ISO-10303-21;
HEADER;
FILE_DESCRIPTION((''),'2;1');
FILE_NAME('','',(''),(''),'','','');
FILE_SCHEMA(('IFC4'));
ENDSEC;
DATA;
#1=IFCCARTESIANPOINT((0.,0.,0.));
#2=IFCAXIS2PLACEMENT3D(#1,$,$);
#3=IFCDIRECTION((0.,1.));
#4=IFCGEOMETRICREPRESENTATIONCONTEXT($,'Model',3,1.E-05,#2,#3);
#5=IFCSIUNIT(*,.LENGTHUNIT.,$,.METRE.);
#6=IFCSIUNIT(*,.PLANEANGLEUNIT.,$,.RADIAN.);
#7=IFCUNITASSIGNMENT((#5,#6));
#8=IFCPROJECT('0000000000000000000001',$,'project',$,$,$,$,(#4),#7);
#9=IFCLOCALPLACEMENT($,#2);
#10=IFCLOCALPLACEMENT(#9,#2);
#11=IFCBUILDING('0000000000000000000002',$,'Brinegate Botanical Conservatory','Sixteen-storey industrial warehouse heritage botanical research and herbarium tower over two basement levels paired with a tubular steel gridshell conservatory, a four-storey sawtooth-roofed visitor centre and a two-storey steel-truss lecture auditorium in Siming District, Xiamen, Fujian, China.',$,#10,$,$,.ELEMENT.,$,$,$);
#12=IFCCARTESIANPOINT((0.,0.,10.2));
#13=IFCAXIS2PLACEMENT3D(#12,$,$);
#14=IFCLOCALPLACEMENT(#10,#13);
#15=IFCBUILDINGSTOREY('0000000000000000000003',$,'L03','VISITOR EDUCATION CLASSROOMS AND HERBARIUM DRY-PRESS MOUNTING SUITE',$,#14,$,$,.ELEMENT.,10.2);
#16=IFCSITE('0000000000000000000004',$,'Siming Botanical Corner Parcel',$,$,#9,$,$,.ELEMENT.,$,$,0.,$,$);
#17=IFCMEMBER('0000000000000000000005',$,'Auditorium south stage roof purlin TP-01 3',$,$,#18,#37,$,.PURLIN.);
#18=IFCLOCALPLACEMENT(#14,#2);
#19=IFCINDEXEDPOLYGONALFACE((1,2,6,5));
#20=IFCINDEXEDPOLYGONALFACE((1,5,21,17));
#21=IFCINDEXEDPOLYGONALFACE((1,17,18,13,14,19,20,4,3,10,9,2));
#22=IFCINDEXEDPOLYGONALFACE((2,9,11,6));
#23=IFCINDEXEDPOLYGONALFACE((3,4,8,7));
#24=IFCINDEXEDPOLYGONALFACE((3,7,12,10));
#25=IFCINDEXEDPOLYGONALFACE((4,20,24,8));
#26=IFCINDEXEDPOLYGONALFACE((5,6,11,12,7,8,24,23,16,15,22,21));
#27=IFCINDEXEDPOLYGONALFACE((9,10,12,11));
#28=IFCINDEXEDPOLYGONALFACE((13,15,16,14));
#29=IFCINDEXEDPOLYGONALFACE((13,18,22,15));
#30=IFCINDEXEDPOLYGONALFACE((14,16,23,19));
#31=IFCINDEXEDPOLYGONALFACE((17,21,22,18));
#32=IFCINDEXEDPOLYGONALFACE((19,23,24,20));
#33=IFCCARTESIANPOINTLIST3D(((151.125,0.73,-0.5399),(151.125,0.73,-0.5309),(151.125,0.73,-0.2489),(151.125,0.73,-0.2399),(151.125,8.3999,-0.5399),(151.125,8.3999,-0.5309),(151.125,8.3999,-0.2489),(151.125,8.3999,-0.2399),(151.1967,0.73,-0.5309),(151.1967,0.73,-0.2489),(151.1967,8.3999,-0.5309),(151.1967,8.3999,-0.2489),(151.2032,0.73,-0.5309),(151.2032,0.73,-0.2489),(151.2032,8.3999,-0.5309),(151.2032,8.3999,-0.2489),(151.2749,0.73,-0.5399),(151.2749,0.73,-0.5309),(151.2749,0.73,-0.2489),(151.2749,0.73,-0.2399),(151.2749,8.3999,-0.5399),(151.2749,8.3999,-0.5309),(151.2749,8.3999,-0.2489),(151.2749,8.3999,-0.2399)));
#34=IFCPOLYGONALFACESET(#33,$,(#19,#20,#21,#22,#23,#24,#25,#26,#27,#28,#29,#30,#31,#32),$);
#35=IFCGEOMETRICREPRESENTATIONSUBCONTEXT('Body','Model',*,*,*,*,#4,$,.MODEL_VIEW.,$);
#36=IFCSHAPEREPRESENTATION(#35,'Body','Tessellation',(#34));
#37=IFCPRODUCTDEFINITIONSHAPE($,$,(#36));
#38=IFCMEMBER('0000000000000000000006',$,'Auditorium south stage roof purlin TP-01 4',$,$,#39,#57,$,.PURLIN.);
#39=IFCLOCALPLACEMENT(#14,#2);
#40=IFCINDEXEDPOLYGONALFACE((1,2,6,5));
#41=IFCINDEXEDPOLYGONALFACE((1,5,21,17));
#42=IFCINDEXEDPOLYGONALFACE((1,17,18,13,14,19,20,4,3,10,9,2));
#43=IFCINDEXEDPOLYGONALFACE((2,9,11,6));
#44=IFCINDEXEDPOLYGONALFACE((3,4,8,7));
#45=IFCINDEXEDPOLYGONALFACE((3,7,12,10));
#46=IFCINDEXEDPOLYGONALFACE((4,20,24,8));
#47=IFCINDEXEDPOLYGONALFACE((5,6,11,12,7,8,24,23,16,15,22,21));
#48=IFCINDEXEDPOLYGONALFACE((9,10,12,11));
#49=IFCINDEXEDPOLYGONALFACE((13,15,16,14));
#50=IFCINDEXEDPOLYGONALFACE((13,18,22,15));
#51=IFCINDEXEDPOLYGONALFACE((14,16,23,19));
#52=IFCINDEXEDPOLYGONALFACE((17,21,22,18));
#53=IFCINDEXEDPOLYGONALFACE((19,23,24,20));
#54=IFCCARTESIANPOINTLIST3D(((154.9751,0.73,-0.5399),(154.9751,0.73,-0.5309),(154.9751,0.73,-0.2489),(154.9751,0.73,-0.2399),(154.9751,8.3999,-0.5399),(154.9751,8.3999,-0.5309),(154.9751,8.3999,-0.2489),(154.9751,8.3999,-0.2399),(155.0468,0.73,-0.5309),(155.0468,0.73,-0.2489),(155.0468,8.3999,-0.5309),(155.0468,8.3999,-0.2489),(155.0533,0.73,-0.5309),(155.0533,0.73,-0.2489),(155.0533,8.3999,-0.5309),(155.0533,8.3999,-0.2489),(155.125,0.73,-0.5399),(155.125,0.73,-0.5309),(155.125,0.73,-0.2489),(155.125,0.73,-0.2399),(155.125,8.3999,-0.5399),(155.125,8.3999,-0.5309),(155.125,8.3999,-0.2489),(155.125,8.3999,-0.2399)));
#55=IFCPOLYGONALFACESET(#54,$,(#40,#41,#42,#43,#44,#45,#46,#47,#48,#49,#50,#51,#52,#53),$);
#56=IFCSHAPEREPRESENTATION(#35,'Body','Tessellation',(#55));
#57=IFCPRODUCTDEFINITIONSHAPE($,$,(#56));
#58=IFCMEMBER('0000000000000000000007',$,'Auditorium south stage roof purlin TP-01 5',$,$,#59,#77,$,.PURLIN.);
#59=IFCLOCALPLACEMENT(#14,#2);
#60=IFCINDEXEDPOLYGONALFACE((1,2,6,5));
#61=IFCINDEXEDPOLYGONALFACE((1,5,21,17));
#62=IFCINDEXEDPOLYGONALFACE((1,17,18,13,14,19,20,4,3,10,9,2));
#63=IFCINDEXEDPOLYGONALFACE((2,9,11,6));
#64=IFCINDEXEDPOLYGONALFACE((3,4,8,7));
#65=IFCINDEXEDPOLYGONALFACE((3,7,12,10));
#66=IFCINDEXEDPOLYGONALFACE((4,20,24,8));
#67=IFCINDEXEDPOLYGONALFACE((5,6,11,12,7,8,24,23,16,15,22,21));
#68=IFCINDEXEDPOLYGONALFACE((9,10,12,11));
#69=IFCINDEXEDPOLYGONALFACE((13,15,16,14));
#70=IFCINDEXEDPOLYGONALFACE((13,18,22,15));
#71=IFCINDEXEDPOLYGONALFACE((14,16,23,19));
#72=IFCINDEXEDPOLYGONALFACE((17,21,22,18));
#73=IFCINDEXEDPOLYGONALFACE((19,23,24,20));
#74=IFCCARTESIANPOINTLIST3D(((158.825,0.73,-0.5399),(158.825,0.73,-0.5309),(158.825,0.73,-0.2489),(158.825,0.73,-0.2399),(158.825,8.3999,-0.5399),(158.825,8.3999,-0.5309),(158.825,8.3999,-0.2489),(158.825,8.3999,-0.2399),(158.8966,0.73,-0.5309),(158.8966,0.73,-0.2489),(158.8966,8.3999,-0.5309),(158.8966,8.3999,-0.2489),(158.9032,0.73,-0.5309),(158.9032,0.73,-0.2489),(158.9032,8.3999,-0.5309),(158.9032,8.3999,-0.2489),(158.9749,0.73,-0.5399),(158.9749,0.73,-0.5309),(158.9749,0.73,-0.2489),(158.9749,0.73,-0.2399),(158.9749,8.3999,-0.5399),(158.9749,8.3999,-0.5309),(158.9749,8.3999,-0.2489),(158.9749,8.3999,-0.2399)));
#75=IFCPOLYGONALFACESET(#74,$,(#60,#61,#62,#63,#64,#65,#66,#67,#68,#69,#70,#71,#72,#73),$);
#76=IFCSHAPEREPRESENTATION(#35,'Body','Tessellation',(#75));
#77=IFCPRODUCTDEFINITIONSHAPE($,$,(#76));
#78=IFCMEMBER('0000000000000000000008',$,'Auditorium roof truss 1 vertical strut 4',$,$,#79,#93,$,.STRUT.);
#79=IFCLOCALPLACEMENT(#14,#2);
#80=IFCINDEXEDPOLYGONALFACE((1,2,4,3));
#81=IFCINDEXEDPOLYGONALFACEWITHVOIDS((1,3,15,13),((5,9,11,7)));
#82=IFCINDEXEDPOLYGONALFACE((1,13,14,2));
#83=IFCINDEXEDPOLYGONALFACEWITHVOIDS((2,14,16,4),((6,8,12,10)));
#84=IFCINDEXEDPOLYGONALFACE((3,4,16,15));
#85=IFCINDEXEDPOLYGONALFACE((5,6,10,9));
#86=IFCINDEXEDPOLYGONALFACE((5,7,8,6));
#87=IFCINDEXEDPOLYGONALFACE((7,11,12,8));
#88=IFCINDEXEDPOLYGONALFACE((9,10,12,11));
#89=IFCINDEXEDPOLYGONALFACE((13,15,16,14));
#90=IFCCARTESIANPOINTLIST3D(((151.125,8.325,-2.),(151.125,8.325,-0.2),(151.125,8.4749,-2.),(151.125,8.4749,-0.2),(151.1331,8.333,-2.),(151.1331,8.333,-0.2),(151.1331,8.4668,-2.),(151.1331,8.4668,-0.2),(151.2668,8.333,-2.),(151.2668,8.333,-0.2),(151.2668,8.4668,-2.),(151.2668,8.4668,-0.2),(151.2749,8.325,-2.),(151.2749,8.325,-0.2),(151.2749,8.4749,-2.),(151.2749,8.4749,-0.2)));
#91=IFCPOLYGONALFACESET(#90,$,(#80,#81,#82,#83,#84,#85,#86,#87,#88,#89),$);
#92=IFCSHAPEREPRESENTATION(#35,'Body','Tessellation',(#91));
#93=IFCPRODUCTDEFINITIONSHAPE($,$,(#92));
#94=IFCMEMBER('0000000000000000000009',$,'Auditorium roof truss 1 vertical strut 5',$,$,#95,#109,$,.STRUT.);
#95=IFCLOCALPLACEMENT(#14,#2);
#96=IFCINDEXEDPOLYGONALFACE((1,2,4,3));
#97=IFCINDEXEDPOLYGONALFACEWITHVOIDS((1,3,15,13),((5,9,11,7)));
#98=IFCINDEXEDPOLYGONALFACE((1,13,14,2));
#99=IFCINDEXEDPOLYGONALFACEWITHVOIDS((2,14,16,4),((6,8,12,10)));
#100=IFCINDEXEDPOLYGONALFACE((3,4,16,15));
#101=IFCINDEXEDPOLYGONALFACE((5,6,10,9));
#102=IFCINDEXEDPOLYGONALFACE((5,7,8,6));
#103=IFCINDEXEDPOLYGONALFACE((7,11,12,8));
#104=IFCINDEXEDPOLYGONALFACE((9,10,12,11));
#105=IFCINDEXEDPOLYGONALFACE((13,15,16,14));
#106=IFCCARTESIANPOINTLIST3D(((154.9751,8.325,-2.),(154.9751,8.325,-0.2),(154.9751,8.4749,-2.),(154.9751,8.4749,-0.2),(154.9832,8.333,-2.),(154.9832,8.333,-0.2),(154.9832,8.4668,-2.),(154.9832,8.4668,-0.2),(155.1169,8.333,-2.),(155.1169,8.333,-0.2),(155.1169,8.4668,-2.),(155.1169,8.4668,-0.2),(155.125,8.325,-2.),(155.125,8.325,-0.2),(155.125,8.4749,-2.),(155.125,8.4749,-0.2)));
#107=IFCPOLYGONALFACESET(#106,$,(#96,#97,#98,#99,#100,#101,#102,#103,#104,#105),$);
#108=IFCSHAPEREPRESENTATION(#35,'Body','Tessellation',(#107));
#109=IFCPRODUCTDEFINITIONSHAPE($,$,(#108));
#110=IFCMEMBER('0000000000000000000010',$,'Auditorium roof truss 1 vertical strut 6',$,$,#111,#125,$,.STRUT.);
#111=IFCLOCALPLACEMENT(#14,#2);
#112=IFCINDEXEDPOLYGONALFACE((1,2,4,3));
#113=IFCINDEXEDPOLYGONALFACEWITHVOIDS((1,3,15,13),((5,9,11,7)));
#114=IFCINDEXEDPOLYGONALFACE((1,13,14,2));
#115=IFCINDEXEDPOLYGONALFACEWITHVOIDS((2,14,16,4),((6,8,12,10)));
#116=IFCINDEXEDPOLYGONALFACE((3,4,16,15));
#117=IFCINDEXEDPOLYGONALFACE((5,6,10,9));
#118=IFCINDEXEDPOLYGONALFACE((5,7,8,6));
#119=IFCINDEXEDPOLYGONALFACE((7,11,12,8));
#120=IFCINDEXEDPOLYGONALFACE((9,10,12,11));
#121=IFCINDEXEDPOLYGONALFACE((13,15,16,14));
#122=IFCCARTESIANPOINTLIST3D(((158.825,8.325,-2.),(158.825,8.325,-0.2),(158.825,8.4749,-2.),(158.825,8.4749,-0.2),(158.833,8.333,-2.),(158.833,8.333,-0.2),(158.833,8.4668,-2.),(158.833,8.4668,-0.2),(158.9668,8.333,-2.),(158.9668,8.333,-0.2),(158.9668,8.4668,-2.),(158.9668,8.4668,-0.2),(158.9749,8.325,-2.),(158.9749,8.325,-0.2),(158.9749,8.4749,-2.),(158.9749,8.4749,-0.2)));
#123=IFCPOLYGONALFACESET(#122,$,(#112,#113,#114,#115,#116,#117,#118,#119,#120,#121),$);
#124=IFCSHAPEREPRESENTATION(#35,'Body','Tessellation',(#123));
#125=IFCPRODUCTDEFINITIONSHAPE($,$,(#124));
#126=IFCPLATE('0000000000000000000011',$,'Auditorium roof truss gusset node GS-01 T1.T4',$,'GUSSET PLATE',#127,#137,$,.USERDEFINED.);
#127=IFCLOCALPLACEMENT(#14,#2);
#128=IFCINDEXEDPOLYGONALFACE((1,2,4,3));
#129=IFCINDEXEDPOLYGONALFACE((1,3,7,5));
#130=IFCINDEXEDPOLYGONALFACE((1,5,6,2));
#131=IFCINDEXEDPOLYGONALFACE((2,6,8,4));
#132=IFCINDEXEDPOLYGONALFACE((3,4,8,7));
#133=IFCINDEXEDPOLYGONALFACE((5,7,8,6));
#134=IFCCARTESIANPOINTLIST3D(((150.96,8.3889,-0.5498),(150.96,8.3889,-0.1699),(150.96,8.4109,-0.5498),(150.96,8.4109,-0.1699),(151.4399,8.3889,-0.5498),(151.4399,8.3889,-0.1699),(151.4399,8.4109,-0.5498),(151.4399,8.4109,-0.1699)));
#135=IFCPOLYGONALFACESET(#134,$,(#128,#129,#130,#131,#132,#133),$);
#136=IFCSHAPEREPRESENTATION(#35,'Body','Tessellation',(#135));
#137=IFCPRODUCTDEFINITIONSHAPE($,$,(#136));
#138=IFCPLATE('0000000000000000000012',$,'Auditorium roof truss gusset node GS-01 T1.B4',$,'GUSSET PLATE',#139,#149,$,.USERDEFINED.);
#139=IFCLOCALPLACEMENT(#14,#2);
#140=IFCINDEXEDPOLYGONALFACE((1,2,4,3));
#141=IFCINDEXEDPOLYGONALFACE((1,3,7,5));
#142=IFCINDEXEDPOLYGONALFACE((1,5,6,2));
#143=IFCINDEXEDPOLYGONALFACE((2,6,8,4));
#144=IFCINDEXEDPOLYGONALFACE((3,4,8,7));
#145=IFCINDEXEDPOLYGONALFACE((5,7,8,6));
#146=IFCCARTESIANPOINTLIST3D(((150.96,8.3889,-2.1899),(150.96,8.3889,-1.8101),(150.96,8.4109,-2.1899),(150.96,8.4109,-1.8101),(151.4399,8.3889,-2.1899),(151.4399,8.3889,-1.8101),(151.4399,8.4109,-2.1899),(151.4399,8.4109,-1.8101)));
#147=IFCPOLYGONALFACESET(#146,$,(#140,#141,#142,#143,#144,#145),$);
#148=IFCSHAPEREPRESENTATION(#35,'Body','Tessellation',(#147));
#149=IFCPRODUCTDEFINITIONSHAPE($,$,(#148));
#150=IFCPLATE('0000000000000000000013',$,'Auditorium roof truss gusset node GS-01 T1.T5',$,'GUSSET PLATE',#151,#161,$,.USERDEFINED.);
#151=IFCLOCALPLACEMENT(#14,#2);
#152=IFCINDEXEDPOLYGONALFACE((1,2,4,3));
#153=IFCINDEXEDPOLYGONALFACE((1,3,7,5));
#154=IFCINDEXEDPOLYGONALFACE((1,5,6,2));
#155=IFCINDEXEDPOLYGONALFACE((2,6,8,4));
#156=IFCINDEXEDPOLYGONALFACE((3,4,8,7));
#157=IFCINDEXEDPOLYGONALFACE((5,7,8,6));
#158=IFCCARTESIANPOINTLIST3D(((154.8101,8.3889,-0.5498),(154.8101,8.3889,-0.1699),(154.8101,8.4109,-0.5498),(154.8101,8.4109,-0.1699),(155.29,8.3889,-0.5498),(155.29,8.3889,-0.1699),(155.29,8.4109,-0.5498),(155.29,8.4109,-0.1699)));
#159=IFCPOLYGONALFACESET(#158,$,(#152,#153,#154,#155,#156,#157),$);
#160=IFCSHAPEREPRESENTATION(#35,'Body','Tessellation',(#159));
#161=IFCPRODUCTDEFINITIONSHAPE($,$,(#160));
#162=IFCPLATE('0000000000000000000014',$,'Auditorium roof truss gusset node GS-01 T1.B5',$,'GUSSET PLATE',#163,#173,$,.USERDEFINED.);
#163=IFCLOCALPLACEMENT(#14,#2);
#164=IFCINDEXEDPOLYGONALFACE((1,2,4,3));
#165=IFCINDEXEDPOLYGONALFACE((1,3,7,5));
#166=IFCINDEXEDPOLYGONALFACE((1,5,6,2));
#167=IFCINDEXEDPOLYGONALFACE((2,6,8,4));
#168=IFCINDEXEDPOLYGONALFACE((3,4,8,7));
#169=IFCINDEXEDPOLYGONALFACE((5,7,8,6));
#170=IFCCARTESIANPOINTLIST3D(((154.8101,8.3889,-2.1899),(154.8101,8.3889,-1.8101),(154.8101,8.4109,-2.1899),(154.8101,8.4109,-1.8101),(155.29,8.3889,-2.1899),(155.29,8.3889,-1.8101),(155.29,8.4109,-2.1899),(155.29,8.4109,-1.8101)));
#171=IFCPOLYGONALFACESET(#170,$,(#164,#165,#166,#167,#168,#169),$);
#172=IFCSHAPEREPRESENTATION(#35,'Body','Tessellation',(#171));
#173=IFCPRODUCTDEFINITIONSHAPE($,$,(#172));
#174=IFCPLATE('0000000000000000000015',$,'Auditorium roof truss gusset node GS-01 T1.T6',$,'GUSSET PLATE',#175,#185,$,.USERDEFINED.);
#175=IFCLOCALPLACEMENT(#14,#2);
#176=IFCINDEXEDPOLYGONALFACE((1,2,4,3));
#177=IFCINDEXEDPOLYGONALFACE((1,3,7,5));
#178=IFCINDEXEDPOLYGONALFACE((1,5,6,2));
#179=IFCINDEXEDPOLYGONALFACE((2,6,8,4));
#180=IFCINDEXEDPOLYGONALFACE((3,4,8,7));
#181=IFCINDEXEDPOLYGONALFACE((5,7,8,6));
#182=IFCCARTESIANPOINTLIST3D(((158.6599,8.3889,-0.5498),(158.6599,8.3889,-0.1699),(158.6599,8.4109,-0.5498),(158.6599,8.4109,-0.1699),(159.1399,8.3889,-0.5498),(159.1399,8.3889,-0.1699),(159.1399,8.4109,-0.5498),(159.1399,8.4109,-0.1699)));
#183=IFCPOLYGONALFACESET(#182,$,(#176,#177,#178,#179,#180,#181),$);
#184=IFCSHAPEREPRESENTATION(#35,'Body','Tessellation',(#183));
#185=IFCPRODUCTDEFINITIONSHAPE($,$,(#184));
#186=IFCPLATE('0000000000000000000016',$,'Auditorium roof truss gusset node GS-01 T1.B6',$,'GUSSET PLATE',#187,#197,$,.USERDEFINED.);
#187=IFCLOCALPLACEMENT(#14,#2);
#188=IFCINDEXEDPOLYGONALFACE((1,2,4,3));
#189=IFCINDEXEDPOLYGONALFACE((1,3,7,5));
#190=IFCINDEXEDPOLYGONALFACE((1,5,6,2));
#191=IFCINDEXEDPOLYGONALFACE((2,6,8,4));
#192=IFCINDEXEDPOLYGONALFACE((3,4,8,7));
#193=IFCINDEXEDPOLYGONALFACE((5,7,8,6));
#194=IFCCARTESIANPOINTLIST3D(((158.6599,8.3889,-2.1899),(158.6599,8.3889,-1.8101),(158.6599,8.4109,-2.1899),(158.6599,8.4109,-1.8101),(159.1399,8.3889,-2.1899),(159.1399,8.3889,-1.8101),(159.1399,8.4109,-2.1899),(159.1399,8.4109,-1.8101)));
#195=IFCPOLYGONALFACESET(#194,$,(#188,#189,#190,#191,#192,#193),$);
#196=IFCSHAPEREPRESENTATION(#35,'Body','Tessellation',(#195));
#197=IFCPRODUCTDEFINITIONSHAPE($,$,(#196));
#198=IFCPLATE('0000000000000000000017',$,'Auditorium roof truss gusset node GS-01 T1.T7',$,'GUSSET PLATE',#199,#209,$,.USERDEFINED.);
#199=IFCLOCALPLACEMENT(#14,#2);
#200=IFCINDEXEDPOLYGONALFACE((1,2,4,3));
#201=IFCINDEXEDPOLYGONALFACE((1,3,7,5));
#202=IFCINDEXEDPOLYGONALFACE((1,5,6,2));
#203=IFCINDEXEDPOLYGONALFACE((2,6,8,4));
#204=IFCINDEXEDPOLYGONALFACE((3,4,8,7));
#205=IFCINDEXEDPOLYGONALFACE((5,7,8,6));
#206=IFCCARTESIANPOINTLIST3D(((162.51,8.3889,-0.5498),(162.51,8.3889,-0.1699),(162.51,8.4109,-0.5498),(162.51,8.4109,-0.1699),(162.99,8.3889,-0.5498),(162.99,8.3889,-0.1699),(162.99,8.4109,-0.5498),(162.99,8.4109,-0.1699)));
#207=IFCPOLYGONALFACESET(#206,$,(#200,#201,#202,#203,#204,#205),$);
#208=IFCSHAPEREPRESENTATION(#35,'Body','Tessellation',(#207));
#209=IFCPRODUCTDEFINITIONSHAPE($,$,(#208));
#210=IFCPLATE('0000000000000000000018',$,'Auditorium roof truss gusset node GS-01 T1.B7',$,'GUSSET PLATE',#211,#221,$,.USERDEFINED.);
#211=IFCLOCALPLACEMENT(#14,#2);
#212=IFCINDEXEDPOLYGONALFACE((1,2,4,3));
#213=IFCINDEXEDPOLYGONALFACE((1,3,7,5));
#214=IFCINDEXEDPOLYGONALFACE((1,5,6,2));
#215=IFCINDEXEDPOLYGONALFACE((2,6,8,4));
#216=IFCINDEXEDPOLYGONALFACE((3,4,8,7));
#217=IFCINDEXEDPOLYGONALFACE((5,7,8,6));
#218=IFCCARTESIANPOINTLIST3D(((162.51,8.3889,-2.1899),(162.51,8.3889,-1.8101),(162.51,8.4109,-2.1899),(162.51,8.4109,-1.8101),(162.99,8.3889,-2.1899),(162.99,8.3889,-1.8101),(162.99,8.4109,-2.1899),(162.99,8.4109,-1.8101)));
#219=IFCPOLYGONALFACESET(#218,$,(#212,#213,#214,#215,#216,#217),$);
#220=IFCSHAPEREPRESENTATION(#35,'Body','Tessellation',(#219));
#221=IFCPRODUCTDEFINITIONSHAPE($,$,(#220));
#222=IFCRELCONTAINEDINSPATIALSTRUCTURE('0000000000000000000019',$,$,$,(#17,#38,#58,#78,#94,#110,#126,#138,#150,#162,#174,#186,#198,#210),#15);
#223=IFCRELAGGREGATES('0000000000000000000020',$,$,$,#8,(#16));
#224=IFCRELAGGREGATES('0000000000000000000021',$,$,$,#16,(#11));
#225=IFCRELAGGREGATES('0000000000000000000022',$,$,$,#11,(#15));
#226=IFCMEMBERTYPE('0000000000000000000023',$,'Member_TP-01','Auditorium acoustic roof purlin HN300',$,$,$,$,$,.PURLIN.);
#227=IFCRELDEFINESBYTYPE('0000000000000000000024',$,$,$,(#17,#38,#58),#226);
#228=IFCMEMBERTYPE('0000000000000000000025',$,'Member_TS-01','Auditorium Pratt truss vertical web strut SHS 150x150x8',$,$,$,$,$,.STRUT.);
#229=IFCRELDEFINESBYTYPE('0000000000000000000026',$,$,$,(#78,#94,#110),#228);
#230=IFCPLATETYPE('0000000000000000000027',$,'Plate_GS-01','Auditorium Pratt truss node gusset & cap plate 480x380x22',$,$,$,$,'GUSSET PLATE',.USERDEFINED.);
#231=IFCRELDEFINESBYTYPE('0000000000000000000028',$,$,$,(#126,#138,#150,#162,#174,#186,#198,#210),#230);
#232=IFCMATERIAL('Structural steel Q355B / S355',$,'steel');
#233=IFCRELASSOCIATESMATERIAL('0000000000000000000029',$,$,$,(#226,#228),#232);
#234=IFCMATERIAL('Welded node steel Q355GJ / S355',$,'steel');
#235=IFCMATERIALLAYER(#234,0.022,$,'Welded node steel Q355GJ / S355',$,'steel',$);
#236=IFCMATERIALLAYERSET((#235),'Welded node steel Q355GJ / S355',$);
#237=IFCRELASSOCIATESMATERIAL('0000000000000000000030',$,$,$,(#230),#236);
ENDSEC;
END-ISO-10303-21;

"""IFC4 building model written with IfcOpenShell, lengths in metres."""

from ifc_helpers import new_model, si_unit, direction, frame, origin, origin_2d, place, context, subcontext, project, spatial, rectangle, hollow_rectangle, i_section, extrude, material, layer, layer_set, material_profile, profile_set, type_object, element, save


model = new_model("IFC4")

# Units and contexts
model_context = context("Model", 3, precision=1e-05, world=origin(), true_north=direction((0.0, 1.0)))
body_context = subcontext(model_context, "Body", "Model", "MODEL_VIEW")
ifc_project = project(units=[si_unit("LENGTHUNIT", "METRE"), si_unit("PLANEANGLEUNIT", "RADIAN")], contexts=[model_context])

# Site, building, storey
site_placement = place(None, origin())
site = spatial("IfcSite", under=ifc_project, at=site_placement, Name="Siming Botanical Corner Parcel", CompositionType="ELEMENT", RefElevation=0.0)
building_placement = place(site_placement, origin())
building = spatial("IfcBuilding", under=site, at=building_placement, Name="Brinegate Botanical Conservatory", Description="Sixteen-storey industrial warehouse heritage botanical research and herbarium tower over two basement levels paired with a tubular steel gridshell conservatory, a four-storey sawtooth-roofed visitor centre and a two-storey steel-truss lecture auditorium in Siming District, Xiamen, Fujian, China.", CompositionType="ELEMENT")
storey_placement = place(building_placement, frame((0.0, 0.0, 10.2)))
storey = spatial("IfcBuildingStorey", under=building, at=storey_placement, Name="L03", Description="VISITOR EDUCATION CLASSROOMS AND HERBARIUM DRY-PRESS MOUNTING SUITE", CompositionType="ELEMENT", Elevation=10.2)

# Members
ifc_material_1 = material(Name="Structural steel Q355B / S355", Category="steel")
ifc_material_profile_1 = material_profile(ifc_material_1, i_section(OverallWidth=0.1499, OverallDepth=0.3, WebThickness=0.0066, FlangeThickness=0.009, at=origin_2d()), Name="HN 300x150x6.5x9")
ifc_profile_set_1 = profile_set([ifc_material_profile_1], Name="Structural steel Q355B / S355")
member_type_1 = type_object("IfcMemberType", Name="Member_TP-01", Description="Auditorium acoustic roof purlin HN300", PredefinedType="PURLIN", material=ifc_profile_set_1)
for number, where, z_axis, x_axis, name in (
    (1, (151.2, 0.73, -0.3899), (0.0, 1.0, 0.0), (-1.0, 0.0, 0.0), "Auditorium south stage roof purlin TP-01 3"),
    (2, (155.05, 0.73, -0.3899), (0.0, 1.0, 0.0), (-1.0, 0.0, 0.0), "Auditorium south stage roof purlin TP-01 4"),
    (3, (158.8999, 0.73, -0.3899), (0.0, 1.0, 0.0), (-1.0, 0.0, 0.0), "Auditorium south stage roof purlin TP-01 5"),
):
    element("IfcMember", number, at=place(storey_placement, frame(where, z_axis=z_axis, x_axis=x_axis)), inside=storey, type_object=member_type_1, Name=name, PredefinedType="PURLIN", context=body_context, shape_type="SweptSolid", body=[
        extrude(i_section(OverallWidth=0.1499, OverallDepth=0.3, WebThickness=0.0066, FlangeThickness=0.009, at=origin_2d()), origin(), (0.0, 0.0, 1.0), 7.6699),
    ])
ifc_material_profile_2 = material_profile(ifc_material_1, hollow_rectangle(XDim=0.1499, YDim=0.1499, WallThickness=0.0081, at=origin_2d()), Name="SHS 150x150x8")
ifc_profile_set_2 = profile_set([ifc_material_profile_2], Name="Structural steel Q355B / S355")
member_type_2 = type_object("IfcMemberType", Name="Member_TS-01", Description="Auditorium Pratt truss vertical web strut SHS 150x150x8", PredefinedType="STRUT", material=ifc_profile_set_2)
for number, where, z_axis, x_axis, name in (
    (4, (151.2, 8.3999, -2.0), (0.0, 0.0, 1.0), (1.0, 0.0, 0.0), "Auditorium roof truss 1 vertical strut 4"),
    (5, (155.05, 8.3999, -2.0), (0.0, 0.0, 1.0), (1.0, 0.0, 0.0), "Auditorium roof truss 1 vertical strut 5"),
    (6, (158.8999, 8.3999, -2.0), (0.0, 0.0, 1.0), (1.0, 0.0, 0.0), "Auditorium roof truss 1 vertical strut 6"),
):
    element("IfcMember", number, at=place(storey_placement, frame(where, z_axis=z_axis, x_axis=x_axis)), inside=storey, type_object=member_type_2, Name=name, PredefinedType="STRUT", context=body_context, shape_type="SweptSolid", body=[
        extrude(hollow_rectangle(XDim=0.1499, YDim=0.1499, WallThickness=0.0081, at=origin_2d()), origin(), (0.0, 0.0, 1.0), 1.8),
    ])

# Plates
ifc_material_2 = material(Name="Welded node steel Q355GJ / S355", Category="steel")
ifc_layer_1 = layer(ifc_material_2, 0.022, Name="Welded node steel Q355GJ / S355", Category="steel")
ifc_layer_set_1 = layer_set([ifc_layer_1], Name="Welded node steel Q355GJ / S355")
plate_type = type_object("IfcPlateType", Name="Plate_GS-01", Description="Auditorium Pratt truss node gusset & cap plate 480x380x22", ElementType="GUSSET PLATE", PredefinedType="USERDEFINED", material=ifc_layer_set_1)
for number, where, z_axis, x_axis, name in (
    (7, (151.2, 8.3999, -0.5498), (0.0, 0.0, 1.0), (1.0, 0.0, 0.0), "Auditorium roof truss gusset node GS-01 T1.T4"),
    (8, (151.2, 8.3999, -2.1899), (0.0, 0.0, 1.0), (1.0, 0.0, 0.0), "Auditorium roof truss gusset node GS-01 T1.B4"),
    (9, (155.05, 8.3999, -0.5498), (0.0, 0.0, 1.0), (1.0, 0.0, 0.0), "Auditorium roof truss gusset node GS-01 T1.T5"),
    (10, (155.05, 8.3999, -2.1899), (0.0, 0.0, 1.0), (1.0, 0.0, 0.0), "Auditorium roof truss gusset node GS-01 T1.B5"),
    (11, (158.8999, 8.3999, -0.5498), (0.0, 0.0, 1.0), (1.0, 0.0, 0.0), "Auditorium roof truss gusset node GS-01 T1.T6"),
    (12, (158.8999, 8.3999, -2.1899), (0.0, 0.0, 1.0), (1.0, 0.0, 0.0), "Auditorium roof truss gusset node GS-01 T1.B6"),
    (13, (162.75, 8.3999, -0.5498), (0.0, 0.0, 1.0), (1.0, 0.0, 0.0), "Auditorium roof truss gusset node GS-01 T1.T7"),
    (14, (162.75, 8.3999, -2.1899), (0.0, 0.0, 1.0), (1.0, 0.0, 0.0), "Auditorium roof truss gusset node GS-01 T1.B7"),
):
    element("IfcPlate", number, at=place(storey_placement, frame(where, z_axis=z_axis, x_axis=x_axis)), inside=storey, type_object=plate_type, Name=name, ObjectType="GUSSET PLATE", PredefinedType="USERDEFINED", context=body_context, shape_type="SweptSolid", body=[
        extrude(rectangle(XDim=0.48, YDim=0.022, at=origin_2d()), origin(), (0.0, 0.0, 1.0), 0.3799),
    ])

save(model, "model.ifc")
